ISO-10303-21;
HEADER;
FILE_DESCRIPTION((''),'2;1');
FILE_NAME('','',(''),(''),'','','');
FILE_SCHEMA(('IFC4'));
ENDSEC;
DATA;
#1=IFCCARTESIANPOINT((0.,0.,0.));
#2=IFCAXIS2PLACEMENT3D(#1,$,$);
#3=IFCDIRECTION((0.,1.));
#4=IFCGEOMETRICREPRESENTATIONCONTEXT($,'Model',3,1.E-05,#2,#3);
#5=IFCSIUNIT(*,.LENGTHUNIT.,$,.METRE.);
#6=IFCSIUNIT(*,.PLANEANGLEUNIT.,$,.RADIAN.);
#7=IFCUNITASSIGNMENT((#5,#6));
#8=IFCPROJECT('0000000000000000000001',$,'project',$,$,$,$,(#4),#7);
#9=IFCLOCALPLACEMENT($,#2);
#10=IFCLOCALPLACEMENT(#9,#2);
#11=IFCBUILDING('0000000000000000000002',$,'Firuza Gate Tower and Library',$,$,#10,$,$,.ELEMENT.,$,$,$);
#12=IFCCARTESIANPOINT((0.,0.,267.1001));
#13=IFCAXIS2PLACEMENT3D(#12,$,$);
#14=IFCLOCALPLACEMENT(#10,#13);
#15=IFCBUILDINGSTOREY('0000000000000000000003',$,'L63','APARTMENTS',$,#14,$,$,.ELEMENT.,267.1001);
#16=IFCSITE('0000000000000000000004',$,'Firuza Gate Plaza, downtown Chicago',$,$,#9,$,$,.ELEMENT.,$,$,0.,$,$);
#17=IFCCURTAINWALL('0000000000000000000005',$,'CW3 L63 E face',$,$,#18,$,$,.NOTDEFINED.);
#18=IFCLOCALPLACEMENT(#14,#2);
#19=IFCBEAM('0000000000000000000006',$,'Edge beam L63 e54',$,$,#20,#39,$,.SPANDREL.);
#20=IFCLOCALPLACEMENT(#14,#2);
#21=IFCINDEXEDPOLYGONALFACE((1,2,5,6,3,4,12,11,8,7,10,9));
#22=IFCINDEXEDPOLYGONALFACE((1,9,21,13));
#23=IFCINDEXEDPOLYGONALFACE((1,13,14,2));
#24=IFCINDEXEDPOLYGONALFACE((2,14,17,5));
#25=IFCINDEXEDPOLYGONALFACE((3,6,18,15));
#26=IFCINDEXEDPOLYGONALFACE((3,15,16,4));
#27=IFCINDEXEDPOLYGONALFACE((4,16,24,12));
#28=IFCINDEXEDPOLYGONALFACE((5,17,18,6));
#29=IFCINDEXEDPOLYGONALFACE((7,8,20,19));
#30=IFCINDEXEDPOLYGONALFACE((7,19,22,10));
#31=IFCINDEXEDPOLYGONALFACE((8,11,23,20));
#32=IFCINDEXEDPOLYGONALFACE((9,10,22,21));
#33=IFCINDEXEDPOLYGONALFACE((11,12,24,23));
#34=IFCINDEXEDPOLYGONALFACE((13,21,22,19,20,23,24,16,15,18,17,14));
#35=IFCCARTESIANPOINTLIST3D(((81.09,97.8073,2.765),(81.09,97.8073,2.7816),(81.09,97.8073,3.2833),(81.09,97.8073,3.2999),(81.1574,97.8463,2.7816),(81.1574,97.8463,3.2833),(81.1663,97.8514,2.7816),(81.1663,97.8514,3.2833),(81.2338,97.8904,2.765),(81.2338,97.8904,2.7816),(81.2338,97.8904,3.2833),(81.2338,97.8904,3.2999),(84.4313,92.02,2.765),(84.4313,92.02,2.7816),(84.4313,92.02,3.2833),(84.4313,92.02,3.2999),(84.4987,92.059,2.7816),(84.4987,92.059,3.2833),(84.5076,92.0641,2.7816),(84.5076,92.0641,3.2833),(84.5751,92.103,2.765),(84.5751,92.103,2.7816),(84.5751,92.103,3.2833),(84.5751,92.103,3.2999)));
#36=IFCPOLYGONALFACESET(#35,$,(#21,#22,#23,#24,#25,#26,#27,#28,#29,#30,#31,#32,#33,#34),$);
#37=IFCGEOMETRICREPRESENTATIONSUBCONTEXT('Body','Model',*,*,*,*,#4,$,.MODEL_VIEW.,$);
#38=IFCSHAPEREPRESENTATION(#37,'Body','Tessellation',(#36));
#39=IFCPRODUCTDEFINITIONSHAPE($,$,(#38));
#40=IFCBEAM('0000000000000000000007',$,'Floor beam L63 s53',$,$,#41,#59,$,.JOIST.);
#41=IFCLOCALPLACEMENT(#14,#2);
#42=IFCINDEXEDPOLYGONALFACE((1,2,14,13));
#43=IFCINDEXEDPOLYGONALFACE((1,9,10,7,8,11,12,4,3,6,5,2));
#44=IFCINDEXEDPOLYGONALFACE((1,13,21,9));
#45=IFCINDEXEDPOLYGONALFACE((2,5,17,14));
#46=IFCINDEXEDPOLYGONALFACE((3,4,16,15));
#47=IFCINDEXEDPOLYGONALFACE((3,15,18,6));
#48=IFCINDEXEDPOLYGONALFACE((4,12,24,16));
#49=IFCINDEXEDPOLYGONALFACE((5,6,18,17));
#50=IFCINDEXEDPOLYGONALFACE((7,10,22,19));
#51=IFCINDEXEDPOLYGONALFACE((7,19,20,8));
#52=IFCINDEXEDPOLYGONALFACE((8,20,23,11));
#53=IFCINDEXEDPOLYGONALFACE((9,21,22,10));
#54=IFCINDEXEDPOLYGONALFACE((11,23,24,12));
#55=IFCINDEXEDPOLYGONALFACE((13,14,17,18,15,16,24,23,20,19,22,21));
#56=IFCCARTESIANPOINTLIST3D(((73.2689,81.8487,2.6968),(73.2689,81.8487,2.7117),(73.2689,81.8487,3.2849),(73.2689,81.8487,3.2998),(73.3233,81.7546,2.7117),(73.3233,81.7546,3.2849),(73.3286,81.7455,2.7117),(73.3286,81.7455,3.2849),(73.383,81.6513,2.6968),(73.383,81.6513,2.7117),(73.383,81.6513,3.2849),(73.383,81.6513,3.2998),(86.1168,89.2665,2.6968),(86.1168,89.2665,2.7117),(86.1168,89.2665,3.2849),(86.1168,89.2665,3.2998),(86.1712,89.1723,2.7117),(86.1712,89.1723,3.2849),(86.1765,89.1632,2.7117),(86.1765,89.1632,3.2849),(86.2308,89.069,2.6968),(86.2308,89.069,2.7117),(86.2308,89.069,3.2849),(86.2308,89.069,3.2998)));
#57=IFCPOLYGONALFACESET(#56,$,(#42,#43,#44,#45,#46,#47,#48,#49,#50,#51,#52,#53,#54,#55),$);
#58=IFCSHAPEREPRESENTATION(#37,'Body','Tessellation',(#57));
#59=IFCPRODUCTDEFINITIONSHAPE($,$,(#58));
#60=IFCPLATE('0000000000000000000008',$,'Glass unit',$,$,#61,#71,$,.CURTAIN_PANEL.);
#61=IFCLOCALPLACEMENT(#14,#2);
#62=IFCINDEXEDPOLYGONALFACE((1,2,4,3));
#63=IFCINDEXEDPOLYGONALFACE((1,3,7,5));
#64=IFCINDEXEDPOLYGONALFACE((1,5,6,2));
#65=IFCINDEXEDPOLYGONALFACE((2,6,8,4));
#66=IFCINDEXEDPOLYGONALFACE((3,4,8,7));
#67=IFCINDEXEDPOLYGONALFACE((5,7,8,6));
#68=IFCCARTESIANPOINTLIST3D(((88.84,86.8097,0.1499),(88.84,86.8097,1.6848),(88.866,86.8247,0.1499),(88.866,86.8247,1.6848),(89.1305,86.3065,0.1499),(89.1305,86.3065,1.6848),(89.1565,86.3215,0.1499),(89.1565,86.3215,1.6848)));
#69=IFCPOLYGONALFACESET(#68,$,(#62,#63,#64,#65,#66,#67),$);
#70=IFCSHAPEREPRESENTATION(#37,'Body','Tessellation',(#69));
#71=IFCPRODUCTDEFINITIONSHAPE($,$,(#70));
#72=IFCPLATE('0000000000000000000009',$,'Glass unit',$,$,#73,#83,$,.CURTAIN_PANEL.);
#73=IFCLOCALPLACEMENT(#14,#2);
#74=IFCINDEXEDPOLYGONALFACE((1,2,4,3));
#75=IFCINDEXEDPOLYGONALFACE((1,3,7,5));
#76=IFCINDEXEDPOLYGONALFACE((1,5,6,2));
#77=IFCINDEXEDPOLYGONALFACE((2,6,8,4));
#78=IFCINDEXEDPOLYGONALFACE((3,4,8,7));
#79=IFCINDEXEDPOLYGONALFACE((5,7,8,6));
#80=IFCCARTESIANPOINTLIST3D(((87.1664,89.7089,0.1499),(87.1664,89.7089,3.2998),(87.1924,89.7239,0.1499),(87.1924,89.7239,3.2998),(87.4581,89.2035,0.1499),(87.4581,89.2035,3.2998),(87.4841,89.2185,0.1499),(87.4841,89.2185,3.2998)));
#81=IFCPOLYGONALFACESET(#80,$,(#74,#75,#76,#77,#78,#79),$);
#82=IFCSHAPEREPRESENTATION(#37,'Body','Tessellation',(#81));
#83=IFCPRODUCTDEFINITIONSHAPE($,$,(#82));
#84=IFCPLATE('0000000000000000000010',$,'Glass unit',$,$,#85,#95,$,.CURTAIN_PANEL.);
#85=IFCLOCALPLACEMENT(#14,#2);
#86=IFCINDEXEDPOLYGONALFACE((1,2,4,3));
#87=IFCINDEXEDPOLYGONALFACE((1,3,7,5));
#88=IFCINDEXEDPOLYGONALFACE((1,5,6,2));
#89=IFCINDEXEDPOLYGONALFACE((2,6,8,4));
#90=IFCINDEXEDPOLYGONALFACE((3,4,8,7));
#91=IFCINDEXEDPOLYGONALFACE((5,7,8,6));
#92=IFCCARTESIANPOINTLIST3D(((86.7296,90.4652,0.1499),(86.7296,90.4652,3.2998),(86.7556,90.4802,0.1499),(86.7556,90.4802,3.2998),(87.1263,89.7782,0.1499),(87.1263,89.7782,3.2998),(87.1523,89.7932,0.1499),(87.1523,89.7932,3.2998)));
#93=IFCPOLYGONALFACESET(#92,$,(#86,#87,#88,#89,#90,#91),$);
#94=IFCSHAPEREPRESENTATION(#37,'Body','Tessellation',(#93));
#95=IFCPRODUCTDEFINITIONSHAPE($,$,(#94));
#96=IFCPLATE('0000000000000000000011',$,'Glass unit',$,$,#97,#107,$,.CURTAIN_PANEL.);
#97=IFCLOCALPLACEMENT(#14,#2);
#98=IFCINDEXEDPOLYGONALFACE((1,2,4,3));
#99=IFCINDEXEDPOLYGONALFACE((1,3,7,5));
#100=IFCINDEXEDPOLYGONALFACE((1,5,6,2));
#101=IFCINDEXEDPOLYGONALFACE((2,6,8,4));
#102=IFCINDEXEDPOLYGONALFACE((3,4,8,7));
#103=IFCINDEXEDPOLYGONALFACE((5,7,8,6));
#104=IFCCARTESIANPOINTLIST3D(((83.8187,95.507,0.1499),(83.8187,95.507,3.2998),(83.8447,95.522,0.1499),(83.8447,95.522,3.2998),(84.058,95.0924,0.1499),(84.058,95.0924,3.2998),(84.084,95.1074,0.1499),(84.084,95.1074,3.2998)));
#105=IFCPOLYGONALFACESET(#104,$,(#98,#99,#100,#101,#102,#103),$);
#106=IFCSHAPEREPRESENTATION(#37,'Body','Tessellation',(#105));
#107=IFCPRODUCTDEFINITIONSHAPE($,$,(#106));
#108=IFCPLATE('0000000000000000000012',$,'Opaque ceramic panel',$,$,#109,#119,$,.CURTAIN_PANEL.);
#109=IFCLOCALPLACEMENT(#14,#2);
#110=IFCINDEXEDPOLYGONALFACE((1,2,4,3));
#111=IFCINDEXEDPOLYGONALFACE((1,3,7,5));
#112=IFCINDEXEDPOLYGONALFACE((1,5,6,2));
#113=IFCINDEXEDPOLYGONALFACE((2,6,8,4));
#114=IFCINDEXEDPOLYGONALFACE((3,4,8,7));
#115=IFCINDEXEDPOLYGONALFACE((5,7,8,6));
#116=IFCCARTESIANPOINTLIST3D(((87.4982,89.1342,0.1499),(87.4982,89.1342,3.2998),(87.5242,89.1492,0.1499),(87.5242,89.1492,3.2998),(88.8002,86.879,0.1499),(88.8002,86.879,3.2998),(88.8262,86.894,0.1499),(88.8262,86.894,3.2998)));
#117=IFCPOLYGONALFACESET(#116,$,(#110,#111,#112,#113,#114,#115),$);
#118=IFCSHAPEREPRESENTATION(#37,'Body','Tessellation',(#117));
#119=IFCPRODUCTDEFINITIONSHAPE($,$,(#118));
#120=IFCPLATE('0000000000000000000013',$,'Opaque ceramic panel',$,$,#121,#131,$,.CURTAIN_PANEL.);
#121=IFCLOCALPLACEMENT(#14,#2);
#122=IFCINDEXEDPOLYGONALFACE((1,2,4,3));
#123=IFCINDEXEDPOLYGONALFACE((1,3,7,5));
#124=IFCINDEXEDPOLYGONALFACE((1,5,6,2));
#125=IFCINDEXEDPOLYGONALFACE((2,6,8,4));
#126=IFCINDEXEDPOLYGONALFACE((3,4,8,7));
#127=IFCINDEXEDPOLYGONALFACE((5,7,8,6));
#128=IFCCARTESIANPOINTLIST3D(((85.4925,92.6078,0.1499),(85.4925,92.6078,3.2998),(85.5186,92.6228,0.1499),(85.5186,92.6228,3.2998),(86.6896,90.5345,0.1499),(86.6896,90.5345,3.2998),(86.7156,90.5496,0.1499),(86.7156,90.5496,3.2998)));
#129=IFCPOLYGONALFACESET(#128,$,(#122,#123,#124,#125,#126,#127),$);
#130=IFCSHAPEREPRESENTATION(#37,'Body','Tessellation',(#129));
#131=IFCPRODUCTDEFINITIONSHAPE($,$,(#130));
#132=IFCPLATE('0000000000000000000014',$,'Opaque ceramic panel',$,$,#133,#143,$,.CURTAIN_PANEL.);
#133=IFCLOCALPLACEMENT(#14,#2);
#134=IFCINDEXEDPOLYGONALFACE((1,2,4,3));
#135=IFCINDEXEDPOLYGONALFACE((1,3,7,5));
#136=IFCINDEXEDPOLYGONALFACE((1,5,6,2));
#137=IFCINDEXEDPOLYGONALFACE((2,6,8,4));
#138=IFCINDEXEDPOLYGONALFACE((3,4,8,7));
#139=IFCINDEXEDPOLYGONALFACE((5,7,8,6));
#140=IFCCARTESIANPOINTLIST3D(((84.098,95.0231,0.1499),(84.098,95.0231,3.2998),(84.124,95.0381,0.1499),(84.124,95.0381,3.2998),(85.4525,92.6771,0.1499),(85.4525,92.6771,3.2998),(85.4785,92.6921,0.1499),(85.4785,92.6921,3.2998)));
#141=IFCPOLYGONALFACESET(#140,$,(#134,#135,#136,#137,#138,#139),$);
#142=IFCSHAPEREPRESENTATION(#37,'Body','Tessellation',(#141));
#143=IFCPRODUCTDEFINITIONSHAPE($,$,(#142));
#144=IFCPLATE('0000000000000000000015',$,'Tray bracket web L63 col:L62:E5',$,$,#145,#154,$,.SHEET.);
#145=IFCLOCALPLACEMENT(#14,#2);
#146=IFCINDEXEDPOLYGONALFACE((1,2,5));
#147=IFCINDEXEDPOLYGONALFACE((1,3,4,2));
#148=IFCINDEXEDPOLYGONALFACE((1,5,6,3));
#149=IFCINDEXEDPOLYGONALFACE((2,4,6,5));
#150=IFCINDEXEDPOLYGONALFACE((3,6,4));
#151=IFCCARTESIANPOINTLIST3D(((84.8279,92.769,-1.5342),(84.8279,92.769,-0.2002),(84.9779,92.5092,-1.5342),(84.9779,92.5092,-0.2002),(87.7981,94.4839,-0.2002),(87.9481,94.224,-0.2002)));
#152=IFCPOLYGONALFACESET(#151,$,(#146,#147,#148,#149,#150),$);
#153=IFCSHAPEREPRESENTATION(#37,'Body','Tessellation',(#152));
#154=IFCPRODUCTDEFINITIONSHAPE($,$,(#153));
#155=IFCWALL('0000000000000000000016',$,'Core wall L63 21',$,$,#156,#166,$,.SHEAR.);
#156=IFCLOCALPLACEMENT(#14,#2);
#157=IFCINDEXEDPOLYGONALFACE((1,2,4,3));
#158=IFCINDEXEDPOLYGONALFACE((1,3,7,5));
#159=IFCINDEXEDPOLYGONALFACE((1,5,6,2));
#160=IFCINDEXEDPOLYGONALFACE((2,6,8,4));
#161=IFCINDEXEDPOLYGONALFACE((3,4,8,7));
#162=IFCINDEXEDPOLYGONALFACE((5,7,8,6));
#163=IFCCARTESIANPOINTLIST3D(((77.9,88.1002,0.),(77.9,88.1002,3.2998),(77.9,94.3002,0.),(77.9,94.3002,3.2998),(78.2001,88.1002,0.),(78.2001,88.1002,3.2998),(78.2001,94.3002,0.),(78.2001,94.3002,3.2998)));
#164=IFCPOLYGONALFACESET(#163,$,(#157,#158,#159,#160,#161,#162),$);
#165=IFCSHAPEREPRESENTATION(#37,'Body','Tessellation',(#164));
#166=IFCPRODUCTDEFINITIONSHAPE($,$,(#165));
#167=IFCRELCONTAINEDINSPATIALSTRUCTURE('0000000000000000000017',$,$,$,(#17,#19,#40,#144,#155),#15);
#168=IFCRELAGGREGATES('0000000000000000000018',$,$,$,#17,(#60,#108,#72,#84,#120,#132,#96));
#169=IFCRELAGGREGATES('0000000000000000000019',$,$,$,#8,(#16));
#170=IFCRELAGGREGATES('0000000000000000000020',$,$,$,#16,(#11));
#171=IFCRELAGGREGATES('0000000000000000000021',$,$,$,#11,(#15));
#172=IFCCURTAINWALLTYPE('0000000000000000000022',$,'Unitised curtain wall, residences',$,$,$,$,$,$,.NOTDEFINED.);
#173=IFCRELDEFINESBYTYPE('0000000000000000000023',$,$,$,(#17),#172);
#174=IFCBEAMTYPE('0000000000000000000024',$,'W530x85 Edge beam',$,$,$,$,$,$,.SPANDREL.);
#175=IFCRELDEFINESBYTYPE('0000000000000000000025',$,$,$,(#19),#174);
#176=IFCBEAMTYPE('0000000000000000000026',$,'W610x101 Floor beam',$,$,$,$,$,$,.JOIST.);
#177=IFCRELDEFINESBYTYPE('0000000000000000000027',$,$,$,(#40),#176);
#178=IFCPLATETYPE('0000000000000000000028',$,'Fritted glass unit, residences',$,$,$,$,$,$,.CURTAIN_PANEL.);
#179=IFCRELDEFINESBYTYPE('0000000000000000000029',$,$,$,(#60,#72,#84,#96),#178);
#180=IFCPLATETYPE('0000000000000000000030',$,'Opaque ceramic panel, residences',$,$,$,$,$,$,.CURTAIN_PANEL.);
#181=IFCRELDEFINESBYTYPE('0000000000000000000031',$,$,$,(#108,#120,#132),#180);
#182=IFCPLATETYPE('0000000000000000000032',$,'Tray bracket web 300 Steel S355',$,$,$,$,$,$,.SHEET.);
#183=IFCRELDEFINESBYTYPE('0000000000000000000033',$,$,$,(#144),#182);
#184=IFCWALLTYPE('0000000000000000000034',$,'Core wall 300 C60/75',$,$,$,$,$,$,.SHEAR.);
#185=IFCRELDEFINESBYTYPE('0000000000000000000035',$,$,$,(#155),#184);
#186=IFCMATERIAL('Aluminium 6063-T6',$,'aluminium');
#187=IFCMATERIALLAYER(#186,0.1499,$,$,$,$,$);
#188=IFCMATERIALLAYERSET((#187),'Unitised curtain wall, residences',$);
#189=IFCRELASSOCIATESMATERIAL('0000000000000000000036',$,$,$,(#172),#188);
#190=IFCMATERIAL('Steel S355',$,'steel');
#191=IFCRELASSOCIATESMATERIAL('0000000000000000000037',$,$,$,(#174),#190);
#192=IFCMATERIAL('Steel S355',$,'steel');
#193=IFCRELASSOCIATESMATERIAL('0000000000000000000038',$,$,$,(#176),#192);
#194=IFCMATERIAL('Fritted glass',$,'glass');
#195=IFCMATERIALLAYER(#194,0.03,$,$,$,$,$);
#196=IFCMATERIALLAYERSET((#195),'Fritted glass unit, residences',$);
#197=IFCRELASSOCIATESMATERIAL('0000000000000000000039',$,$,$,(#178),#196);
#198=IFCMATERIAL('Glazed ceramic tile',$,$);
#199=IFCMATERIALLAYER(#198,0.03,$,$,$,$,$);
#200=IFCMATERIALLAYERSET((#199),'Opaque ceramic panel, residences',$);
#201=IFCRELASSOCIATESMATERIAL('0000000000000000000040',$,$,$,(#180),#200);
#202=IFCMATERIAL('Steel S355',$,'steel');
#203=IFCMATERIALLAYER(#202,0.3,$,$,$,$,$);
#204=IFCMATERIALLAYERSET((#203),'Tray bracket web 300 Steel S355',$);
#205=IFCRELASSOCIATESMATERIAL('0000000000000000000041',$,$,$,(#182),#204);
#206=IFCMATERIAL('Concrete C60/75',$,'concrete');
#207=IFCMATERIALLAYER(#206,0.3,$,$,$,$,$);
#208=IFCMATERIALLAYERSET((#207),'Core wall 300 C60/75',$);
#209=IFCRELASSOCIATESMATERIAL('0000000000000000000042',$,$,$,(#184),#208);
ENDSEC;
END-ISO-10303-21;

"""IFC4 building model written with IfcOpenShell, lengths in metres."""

from ifc_helpers import new_model, si_unit, direction, frame, frame_2d, origin, origin_2d, place, context, subcontext, project, spatial, polyline, rectangle, i_section, outline, extrude, material, layer, layer_set, material_profile, profile_set, type_object, element, aggregate, save


model = new_model("IFC4")

# Units and contexts
model_context = context("Model", 3, precision=1e-05, world=origin(), true_north=direction((0.0, 1.0)))
body_context = subcontext(model_context, "Body", "Model", "MODEL_VIEW")
ifc_project = project(units=[si_unit("LENGTHUNIT", "METRE"), si_unit("PLANEANGLEUNIT", "RADIAN")], contexts=[model_context])

# Site, building, storey
site_placement = place(None, origin())
site = spatial("IfcSite", under=ifc_project, at=site_placement, Name="Firuza Gate Plaza, downtown Chicago", CompositionType="ELEMENT", RefElevation=0.0)
building_placement = place(site_placement, origin())
building = spatial("IfcBuilding", under=site, at=building_placement, Name="Firuza Gate Tower and Library", CompositionType="ELEMENT")
storey_placement = place(building_placement, frame((0.0, 0.0, 267.1001)))
storey = spatial("IfcBuildingStorey", under=building, at=storey_placement, Name="L63", Description="APARTMENTS", CompositionType="ELEMENT", Elevation=267.1001)

# Curtain wall
ifc_material_1 = material(Name="Aluminium 6063-T6", Category="aluminium")
ifc_layer_1 = layer(ifc_material_1, 0.1499)
ifc_layer_set_1 = layer_set([ifc_layer_1], Name="Unitised curtain wall, residences")
curtain_wall_type = type_object("IfcCurtainWallType", Name="Unitised curtain wall, residences", PredefinedType="NOTDEFINED", material=ifc_layer_set_1)
curtain_wall_placement = place(storey_placement, origin())
curtain_wall = element("IfcCurtainWall", 1, at=curtain_wall_placement, inside=storey, type_object=curtain_wall_type, Name="CW3 L63 E face", PredefinedType="NOTDEFINED")

# Beams
ifc_material_2 = material(Name="Steel S355", Category="steel")
ifc_material_profile_1 = material_profile(ifc_material_2, i_section(OverallWidth=0.166, OverallDepth=0.5349, WebThickness=0.0103, FlangeThickness=0.0166, at=origin_2d()))
ifc_profile_set_1 = profile_set([ifc_material_profile_1], Name="Steel S355")
beam_type_1 = type_object("IfcBeamType", Name="W530x85 Edge beam", PredefinedType="SPANDREL", material=ifc_profile_set_1)
beam_1_placement = place(storey_placement, frame((84.5032, 92.0615, 3.0325), z_axis=(-0.499998, 0.866027, 0.0), x_axis=(-0.866027, -0.499998, 0.0)))
element("IfcBeam", 2, at=beam_1_placement, inside=storey, type_object=beam_type_1, Name="Edge beam L63 e54", PredefinedType="SPANDREL", context=body_context, shape_type="SweptSolid", body=[
    extrude(i_section(OverallWidth=0.166, OverallDepth=0.5349, WebThickness=0.0103, FlangeThickness=0.0166, at=origin_2d()), origin(), (0.0, 0.0, 1.0), 6.6826),
])
ifc_material_3 = material(Name="Steel S355", Category="steel")
ifc_material_profile_2 = material_profile(ifc_material_3, i_section(OverallWidth=0.228, OverallDepth=0.603, WebThickness=0.0105, FlangeThickness=0.0149, at=origin_2d()))
ifc_profile_set_2 = profile_set([ifc_material_profile_2], Name="Steel S355")
beam_type_2 = type_object("IfcBeamType", Name="W610x101 Floor beam", PredefinedType="JOIST", material=ifc_profile_set_2)
beam_2_placement = place(storey_placement, frame((86.1738, 89.1677, 2.9983), z_axis=(-0.866026, -0.499999, 0.0), x_axis=(0.499999, -0.866026, 0.0)))
element("IfcBeam", 3, at=beam_2_placement, inside=storey, type_object=beam_type_2, Name="Floor beam L63 s53", PredefinedType="JOIST", context=body_context, shape_type="SweptSolid", body=[
    extrude(i_section(OverallWidth=0.228, OverallDepth=0.603, WebThickness=0.0105, FlangeThickness=0.0149, at=origin_2d()), origin(), (0.0, 0.0, 1.0), 14.8354),
])

# Plates
ifc_material_4 = material(Name="Fritted glass", Category="glass")
ifc_layer_2 = layer(ifc_material_4, 0.03)
ifc_layer_set_2 = layer_set([ifc_layer_2], Name="Fritted glass unit, residences")
plate_type_1 = type_object("IfcPlateType", Name="Fritted glass unit, residences", PredefinedType="CURTAIN_PANEL", material=ifc_layer_set_2)
plate_1_placement = place(storey_placement, frame((89.1565, 86.3215, 0.1499), z_axis=(0.866011, 0.500026, 0.0), x_axis=(-0.500026, 0.866011, 0.0)))
plate_1 = element("IfcPlate", 4, at=plate_1_placement, type_object=plate_type_1, Name="Glass unit", PredefinedType="CURTAIN_PANEL", context=body_context, shape_type="SweptSolid", body=[
    extrude(outline(polyline([(0.0, 0.0), (0.581, 0.0), (0.581, 1.5349), (0.0, 1.5349), (0.0, 0.0)])), origin(), (0.0, 0.0, -1.0), 0.03),
])
plate_2_placement = place(storey_placement, frame((87.4841, 89.2185, 0.1499), z_axis=(0.866046, 0.499964, 0.0), x_axis=(-0.499964, 0.866046, 0.0)))
plate_2 = element("IfcPlate", 5, at=plate_2_placement, type_object=plate_type_1, Name="Glass unit", PredefinedType="CURTAIN_PANEL", context=body_context, shape_type="SweptSolid", body=[
    extrude(outline(polyline([(0.0, 0.0), (0.5835, 0.0), (0.5835, 3.1499), (0.0, 3.1499), (0.0, 0.0)])), origin(), (0.0, 0.0, -1.0), 0.03),
])
plate_3_placement = place(storey_placement, frame((87.1523, 89.7932, 0.1499), z_axis=(0.865981, 0.500078, 0.0), x_axis=(-0.500078, 0.865981, 0.0)))
plate_3 = element("IfcPlate", 6, at=plate_3_placement, type_object=plate_type_1, Name="Glass unit", PredefinedType="CURTAIN_PANEL", context=body_context, shape_type="SweptSolid", body=[
    extrude(outline(polyline([(0.0, 0.0), (0.7933, 0.0), (0.7933, 3.1499), (0.0, 3.1499), (0.0, 0.0)])), origin(), (0.0, 0.0, -1.0), 0.03),
])
plate_4_placement = place(storey_placement, frame((84.084, 95.1074, 0.1499), z_axis=(0.866101, 0.49987, 0.0), x_axis=(-0.49987, 0.866101, 0.0)))
plate_4 = element("IfcPlate", 7, at=plate_4_placement, type_object=plate_type_1, Name="Glass unit", PredefinedType="CURTAIN_PANEL", context=body_context, shape_type="SweptSolid", body=[
    extrude(outline(polyline([(0.0, 0.0), (0.4786, 0.0), (0.4786, 3.1499), (0.0, 3.1499), (0.0, 0.0)])), origin(), (0.0, 0.0, -1.0), 0.03),
])
ifc_material_5 = material(Name="Glazed ceramic tile")
ifc_layer_3 = layer(ifc_material_5, 0.03)
ifc_layer_set_3 = layer_set([ifc_layer_3], Name="Opaque ceramic panel, residences")
plate_type_2 = type_object("IfcPlateType", Name="Opaque ceramic panel, residences", PredefinedType="CURTAIN_PANEL", material=ifc_layer_set_3)
plate_5_placement = place(storey_placement, frame((88.8262, 86.894, 0.1499), z_axis=(0.866025, 0.500001, 0.0), x_axis=(-0.500001, 0.866025, 0.0)))
plate_5 = element("IfcPlate", 8, at=plate_5_placement, type_object=plate_type_2, Name="Opaque ceramic panel", PredefinedType="CURTAIN_PANEL", context=body_context, shape_type="SweptSolid", body=[
    extrude(outline(polyline([(0.0, 0.0), (2.604, 0.0), (2.604, 3.1499), (0.0, 3.1499), (0.0, 0.0)])), origin(), (0.0, 0.0, -1.0), 0.03),
])
plate_6_placement = place(storey_placement, frame((86.7156, 90.5496, 0.1499), z_axis=(0.866019, 0.500011, 0.0), x_axis=(-0.500011, 0.866019, 0.0)))
plate_6 = element("IfcPlate", 9, at=plate_6_placement, type_object=plate_type_2, Name="Opaque ceramic panel", PredefinedType="CURTAIN_PANEL", context=body_context, shape_type="SweptSolid", body=[
    extrude(outline(polyline([(0.0, 0.0), (2.394, 0.0), (2.394, 3.1499), (0.0, 3.1499), (0.0, 0.0)])), origin(), (0.0, 0.0, -1.0), 0.03),
])
plate_7_placement = place(storey_placement, frame((85.4785, 92.6921, 0.1499), z_axis=(0.866016, 0.500016, 0.0), x_axis=(-0.500016, 0.866016, 0.0)))
plate_7 = element("IfcPlate", 10, at=plate_7_placement, type_object=plate_type_2, Name="Opaque ceramic panel", PredefinedType="CURTAIN_PANEL", context=body_context, shape_type="SweptSolid", body=[
    extrude(outline(polyline([(0.0, 0.0), (2.7089, 0.0), (2.7089, 3.1499), (0.0, 3.1499), (0.0, 0.0)])), origin(), (0.0, 0.0, -1.0), 0.03),
])
aggregate(curtain_wall, [plate_1, plate_5, plate_2, plate_3, plate_6, plate_7, plate_4])
ifc_material_6 = material(Name="Steel S355", Category="steel")
ifc_layer_4 = layer(ifc_material_6, 0.3)
ifc_layer_set_4 = layer_set([ifc_layer_4], Name="Tray bracket web 300 Steel S355")
plate_type_3 = type_object("IfcPlateType", Name="Tray bracket web 300 Steel S355", PredefinedType="SHEET", material=ifc_layer_set_4)
plate_8_placement = place(storey_placement, frame((84.8279, 92.769, -0.2002), z_axis=(-0.499998, 0.866027, 0.0), x_axis=(0.866027, 0.499998, 0.0)))
element("IfcPlate", 11, at=plate_8_placement, inside=storey, type_object=plate_type_3, Name="Tray bracket web L63 col:L62:E5", PredefinedType="SHEET", context=body_context, shape_type="SweptSolid", body=[
    extrude(outline(polyline([(0.0, 0.0), (3.4297, 0.0), (0.0, 1.334), (0.0, 0.0)])), origin(), (0.0, 0.0, -1.0), 0.3),
])

# Wall
ifc_material_7 = material(Name="Concrete C60/75", Category="concrete")
ifc_layer_5 = layer(ifc_material_7, 0.3)
ifc_layer_set_5 = layer_set([ifc_layer_5], Name="Core wall 300 C60/75")
wall_type_1 = type_object("IfcWallType", Name="Core wall 300 C60/75", PredefinedType="SHEAR", material=ifc_layer_set_5)
wall_1_placement = place(storey_placement, frame((78.05, 88.1001, 0.0), z_axis=(0.0, 0.0, 1.0), x_axis=(0.0, 1.0, 0.0)))
element("IfcWall", 12, at=wall_1_placement, inside=storey, type_object=wall_type_1, Name="Core wall L63 21", PredefinedType="SHEAR", context=body_context, shape_type="SweptSolid", body=[
    extrude(rectangle(XDim=6.2, YDim=0.3, at=frame_2d((3.1001, 0.0))), origin(), (0.0, 0.0, 1.0), 3.2998),
])

save(model, "model.ifc")
